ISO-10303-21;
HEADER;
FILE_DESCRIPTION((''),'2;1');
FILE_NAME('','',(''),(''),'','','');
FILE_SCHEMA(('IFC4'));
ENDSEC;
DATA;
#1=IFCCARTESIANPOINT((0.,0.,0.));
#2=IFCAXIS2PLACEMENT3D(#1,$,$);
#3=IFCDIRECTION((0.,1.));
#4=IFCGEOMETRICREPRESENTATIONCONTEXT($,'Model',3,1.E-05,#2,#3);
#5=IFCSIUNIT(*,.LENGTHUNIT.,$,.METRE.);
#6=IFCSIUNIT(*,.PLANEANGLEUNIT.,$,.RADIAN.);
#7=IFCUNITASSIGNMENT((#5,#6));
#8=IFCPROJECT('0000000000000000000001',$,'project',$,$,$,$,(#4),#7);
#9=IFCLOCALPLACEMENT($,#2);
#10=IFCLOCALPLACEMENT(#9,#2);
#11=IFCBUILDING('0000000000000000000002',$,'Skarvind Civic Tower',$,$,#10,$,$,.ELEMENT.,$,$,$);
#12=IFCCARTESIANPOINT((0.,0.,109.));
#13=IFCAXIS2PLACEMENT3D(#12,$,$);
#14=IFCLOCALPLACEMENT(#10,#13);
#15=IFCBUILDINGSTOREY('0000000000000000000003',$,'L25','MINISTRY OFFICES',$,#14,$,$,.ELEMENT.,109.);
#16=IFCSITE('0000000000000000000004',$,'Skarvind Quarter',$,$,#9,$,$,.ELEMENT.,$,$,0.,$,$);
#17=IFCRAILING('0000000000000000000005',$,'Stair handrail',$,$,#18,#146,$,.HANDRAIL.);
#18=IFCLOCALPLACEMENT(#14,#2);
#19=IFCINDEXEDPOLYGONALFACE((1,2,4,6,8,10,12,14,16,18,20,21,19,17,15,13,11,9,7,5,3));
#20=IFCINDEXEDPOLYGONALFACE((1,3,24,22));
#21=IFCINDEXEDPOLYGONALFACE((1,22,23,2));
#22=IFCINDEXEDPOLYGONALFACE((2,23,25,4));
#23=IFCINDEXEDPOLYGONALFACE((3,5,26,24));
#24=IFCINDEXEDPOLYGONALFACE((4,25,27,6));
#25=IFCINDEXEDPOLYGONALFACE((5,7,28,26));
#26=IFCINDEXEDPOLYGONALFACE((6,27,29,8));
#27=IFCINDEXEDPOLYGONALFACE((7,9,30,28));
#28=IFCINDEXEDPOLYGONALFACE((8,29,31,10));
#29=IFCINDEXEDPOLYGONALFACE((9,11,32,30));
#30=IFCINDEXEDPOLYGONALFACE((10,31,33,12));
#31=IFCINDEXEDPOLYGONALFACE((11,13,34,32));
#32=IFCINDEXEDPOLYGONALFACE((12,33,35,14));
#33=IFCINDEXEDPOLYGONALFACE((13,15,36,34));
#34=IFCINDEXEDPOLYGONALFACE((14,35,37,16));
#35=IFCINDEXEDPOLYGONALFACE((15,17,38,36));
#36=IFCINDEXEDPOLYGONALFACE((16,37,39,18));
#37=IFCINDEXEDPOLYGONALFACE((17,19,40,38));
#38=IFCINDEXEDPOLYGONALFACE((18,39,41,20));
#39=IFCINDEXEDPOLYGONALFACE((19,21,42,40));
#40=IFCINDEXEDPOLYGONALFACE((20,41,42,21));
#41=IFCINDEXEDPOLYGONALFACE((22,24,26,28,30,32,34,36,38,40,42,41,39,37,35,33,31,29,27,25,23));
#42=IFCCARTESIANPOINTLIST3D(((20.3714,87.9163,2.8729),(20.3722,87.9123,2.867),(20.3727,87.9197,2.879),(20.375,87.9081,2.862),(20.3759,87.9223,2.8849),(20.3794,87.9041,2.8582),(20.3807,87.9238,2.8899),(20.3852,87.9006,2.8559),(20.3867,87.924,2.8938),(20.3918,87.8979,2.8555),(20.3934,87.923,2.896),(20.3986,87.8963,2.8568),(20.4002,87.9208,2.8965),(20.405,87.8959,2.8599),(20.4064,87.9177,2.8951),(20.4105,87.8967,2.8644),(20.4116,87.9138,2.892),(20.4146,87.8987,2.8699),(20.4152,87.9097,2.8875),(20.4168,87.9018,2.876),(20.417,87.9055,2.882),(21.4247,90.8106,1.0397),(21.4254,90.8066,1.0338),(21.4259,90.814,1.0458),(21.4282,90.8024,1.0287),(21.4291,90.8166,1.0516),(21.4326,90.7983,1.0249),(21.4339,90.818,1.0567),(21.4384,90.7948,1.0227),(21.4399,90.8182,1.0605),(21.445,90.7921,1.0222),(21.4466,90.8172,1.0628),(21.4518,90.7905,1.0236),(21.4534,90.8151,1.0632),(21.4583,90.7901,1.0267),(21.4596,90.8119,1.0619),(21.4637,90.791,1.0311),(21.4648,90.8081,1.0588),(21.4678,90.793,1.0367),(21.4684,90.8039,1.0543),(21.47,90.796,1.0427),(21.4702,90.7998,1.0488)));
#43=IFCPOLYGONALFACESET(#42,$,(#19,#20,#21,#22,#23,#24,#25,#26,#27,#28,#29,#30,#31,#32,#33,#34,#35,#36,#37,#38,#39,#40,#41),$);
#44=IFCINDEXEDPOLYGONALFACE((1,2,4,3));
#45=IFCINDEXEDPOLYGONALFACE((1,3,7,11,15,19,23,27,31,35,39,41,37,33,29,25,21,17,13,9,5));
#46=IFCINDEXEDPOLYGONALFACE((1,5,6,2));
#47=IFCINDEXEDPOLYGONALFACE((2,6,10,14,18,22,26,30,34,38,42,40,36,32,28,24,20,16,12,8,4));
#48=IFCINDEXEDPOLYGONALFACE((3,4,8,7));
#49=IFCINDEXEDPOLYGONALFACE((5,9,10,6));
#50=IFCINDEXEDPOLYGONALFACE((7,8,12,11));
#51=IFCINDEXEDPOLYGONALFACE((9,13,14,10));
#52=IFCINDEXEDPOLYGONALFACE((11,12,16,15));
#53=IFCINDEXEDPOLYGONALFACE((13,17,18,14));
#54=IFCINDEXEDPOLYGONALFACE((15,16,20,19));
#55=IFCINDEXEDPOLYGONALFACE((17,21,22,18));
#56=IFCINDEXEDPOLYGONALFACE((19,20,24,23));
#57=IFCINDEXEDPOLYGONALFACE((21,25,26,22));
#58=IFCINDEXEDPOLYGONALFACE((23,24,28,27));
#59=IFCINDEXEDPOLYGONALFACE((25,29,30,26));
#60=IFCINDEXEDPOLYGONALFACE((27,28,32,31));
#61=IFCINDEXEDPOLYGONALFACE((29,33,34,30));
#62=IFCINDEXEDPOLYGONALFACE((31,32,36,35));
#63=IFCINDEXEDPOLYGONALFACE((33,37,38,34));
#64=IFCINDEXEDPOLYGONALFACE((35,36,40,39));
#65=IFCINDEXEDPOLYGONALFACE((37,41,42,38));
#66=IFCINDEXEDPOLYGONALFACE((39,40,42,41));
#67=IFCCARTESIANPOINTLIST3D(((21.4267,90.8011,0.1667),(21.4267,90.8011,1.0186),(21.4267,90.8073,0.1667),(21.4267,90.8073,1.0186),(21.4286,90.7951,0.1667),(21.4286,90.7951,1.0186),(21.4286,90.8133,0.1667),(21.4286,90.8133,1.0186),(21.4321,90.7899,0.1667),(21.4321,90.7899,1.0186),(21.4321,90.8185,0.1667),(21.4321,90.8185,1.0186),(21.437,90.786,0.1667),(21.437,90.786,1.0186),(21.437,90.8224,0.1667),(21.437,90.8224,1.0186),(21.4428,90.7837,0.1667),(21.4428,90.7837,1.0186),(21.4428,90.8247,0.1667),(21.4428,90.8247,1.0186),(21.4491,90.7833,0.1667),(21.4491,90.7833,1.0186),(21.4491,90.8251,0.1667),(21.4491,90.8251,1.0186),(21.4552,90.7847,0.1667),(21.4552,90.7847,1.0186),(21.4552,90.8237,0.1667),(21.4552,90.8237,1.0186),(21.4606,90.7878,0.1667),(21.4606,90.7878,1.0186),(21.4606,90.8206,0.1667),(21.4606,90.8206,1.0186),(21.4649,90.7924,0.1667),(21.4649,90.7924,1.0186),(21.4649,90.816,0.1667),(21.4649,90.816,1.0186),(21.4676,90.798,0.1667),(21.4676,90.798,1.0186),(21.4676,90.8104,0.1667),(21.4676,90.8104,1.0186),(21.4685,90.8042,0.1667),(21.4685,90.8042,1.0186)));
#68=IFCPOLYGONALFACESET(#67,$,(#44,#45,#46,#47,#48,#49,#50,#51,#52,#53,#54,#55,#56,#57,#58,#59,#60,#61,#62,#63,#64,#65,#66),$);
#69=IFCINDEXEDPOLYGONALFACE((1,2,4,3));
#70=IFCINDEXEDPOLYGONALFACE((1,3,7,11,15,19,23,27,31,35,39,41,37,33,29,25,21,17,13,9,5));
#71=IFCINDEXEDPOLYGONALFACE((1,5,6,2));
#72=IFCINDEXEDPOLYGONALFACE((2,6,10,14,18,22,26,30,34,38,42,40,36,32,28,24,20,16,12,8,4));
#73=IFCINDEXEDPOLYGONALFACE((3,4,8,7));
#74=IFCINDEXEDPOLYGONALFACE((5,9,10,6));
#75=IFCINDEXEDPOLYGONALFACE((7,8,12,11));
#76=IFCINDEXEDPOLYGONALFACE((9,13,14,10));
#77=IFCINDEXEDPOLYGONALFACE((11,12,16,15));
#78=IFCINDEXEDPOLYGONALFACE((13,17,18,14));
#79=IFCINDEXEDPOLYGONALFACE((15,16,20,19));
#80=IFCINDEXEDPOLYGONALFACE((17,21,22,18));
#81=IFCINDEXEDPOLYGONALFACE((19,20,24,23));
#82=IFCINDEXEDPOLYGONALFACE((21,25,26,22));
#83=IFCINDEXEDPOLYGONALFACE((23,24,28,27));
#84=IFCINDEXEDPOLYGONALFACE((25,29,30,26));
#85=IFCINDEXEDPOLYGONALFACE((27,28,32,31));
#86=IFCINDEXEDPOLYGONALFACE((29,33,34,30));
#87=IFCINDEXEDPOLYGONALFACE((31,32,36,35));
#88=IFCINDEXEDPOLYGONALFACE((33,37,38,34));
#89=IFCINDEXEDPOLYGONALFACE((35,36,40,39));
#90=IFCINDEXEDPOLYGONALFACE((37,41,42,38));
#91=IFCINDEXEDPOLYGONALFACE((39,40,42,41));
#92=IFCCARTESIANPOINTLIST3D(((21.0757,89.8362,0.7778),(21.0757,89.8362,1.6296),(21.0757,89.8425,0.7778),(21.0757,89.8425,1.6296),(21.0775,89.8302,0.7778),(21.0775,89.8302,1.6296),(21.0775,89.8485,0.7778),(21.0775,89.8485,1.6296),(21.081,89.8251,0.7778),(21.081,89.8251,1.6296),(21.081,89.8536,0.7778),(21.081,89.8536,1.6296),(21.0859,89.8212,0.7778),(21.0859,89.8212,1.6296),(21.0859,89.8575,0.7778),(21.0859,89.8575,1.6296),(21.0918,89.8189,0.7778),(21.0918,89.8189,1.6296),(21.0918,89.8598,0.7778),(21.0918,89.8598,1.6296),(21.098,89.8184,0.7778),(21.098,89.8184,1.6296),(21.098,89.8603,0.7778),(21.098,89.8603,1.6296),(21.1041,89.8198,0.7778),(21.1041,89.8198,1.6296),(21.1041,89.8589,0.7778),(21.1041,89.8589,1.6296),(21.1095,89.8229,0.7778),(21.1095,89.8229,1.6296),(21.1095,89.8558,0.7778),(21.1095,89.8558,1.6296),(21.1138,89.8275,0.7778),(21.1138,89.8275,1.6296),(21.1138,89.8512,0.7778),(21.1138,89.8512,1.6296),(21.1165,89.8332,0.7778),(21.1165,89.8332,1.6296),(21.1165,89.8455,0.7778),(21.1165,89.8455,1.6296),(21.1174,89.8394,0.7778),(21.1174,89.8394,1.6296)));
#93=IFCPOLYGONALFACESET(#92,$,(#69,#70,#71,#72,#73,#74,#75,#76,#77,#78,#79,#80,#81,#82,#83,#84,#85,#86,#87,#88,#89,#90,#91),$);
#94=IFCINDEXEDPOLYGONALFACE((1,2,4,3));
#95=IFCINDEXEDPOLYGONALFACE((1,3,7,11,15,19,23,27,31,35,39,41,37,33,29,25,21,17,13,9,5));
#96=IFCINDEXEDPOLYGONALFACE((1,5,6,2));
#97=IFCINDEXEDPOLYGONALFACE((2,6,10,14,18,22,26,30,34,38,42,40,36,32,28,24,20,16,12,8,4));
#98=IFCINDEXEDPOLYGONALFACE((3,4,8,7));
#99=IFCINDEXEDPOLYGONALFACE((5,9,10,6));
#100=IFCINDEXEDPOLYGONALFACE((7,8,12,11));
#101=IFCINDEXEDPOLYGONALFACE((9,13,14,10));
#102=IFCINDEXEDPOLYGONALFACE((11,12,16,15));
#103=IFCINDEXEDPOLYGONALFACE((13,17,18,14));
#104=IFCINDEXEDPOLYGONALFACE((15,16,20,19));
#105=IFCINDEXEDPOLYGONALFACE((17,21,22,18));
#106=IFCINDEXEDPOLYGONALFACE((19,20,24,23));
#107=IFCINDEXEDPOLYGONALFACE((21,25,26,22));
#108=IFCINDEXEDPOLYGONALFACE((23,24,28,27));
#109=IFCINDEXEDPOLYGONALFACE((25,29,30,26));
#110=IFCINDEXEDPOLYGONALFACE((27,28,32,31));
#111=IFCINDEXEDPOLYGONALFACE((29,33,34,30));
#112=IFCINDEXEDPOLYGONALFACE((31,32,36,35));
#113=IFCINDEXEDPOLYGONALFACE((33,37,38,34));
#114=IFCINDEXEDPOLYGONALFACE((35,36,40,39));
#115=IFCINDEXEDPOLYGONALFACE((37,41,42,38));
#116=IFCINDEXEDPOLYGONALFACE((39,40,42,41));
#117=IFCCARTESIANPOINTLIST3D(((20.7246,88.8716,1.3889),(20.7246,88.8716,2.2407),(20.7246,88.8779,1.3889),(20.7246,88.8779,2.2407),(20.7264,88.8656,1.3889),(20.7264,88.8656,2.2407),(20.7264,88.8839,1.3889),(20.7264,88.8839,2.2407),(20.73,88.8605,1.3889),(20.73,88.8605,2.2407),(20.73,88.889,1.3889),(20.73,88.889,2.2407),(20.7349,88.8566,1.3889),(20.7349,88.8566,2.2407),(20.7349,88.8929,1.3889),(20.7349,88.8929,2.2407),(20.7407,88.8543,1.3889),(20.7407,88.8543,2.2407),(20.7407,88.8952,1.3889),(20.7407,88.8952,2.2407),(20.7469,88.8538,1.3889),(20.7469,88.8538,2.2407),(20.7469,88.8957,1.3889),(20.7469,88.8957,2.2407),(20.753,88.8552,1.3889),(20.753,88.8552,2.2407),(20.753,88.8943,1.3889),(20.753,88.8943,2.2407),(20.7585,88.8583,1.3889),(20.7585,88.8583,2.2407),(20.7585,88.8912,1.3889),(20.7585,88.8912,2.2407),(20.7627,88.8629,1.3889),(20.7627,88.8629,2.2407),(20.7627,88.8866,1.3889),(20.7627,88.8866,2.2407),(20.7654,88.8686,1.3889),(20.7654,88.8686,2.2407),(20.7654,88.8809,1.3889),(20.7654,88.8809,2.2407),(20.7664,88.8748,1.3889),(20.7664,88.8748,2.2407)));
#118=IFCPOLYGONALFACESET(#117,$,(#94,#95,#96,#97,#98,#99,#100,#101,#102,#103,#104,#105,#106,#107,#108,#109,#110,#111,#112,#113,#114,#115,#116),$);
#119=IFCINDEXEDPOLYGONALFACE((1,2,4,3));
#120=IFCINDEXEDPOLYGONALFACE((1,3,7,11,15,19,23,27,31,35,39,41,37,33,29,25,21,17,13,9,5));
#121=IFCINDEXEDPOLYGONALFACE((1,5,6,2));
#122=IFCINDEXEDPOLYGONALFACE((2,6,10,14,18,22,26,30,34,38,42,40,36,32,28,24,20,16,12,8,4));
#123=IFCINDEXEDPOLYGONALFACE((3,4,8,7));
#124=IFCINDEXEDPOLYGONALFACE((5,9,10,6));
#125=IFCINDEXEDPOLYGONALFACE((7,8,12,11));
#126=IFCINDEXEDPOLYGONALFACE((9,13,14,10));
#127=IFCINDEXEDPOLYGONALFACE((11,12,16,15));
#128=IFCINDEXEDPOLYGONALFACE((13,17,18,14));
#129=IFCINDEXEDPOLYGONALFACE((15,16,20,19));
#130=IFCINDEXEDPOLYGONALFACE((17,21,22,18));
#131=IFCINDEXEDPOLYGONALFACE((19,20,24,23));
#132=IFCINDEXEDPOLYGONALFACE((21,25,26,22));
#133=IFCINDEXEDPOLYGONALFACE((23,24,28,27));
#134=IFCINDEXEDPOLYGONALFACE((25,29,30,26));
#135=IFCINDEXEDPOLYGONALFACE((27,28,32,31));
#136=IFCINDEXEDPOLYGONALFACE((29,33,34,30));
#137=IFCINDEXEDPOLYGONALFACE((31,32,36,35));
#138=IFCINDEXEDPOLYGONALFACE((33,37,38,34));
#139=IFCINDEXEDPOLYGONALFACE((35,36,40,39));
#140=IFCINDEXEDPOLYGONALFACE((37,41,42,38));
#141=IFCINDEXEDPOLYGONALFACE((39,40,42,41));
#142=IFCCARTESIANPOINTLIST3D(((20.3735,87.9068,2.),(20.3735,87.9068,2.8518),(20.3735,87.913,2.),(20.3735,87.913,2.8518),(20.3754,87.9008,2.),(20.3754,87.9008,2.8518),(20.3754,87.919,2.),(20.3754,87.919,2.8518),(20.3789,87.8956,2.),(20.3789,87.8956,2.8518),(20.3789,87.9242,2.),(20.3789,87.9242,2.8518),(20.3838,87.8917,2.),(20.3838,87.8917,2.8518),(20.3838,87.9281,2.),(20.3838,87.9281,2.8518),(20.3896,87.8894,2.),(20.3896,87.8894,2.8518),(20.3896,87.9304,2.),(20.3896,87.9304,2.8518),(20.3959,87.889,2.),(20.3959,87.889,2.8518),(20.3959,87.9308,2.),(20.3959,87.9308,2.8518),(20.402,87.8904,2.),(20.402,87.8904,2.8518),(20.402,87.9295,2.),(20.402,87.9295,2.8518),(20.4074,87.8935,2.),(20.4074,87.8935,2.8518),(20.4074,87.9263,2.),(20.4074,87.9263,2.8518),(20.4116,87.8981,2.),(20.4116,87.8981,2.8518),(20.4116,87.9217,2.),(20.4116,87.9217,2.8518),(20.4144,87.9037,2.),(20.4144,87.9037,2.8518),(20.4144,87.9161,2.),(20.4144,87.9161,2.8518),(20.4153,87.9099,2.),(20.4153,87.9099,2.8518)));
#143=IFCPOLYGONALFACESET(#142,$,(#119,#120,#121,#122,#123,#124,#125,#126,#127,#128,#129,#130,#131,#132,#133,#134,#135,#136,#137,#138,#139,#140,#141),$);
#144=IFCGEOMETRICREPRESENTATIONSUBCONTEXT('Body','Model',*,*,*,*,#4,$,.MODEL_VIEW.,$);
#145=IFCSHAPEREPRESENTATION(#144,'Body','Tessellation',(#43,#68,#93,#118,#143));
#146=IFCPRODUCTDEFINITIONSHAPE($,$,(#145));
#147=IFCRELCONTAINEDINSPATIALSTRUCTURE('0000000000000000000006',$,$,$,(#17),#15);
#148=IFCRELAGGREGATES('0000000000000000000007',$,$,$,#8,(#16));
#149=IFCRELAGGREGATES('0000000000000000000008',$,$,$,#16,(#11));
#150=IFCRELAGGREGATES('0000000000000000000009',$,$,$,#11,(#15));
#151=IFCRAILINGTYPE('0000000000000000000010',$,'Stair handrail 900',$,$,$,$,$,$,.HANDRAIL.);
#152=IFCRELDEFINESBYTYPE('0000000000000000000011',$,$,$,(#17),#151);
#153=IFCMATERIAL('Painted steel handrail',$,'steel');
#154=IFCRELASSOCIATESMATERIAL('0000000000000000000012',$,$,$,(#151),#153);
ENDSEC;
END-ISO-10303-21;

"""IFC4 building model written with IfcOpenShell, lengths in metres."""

from ifc_helpers import new_model, si_unit, direction, frame, origin, origin_2d, place, context, subcontext, project, spatial, circle, extrude, material, type_object, element, save


model = new_model("IFC4")

# Units and contexts
model_context = context("Model", 3, precision=1e-05, world=origin(), true_north=direction((0.0, 1.0)))
body_context = subcontext(model_context, "Body", "Model", "MODEL_VIEW")
ifc_project = project(units=[si_unit("LENGTHUNIT", "METRE"), si_unit("PLANEANGLEUNIT", "RADIAN")], contexts=[model_context])

# Site, building, storey
site_placement = place(None, origin())
site = spatial("IfcSite", under=ifc_project, at=site_placement, Name="Skarvind Quarter", CompositionType="ELEMENT", RefElevation=0.0)
building_placement = place(site_placement, origin())
building = spatial("IfcBuilding", under=site, at=building_placement, Name="Skarvind Civic Tower", CompositionType="ELEMENT")
storey_placement = place(building_placement, frame((0.0, 0.0, 109.0)))
storey = spatial("IfcBuildingStorey", under=building, at=storey_placement, Name="L25", Description="MINISTRY OFFICES", CompositionType="ELEMENT", Elevation=109.0)

# Railing
ifc_material_1 = material(Name="Painted steel handrail", Category="steel")
railing_type = type_object("IfcRailingType", Name="Stair handrail 900", PredefinedType="HANDRAIL", material=ifc_material_1)
railing_placement = place(storey_placement, frame((21.4475, 90.8042, 0.1667)))
element("IfcRailing", 1, at=railing_placement, inside=storey, type_object=railing_type, Name="Stair handrail", PredefinedType="HANDRAIL", context=body_context, shape_type="SweptSolid", body=[
    extrude(circle(Radius=0.0239, at=origin_2d()), frame((0.0, 0.0, 0.876), z_axis=(-0.293846, -0.807497, 0.511472), x_axis=(0.939715, -0.341959, 0.0)), (0.0, 0.0, 1.0), 3.5842),
    extrude(circle(Radius=0.021, at=origin_2d()), origin(), (0.0, 0.0, 1.0), 0.8518),
    extrude(circle(Radius=0.021, at=origin_2d()), frame((-0.3511, -0.9648, 0.6111)), (0.0, 0.0, 1.0), 0.8518),
    extrude(circle(Radius=0.021, at=origin_2d()), frame((-0.7021, -1.9294, 1.2222)), (0.0, 0.0, 1.0), 0.8518),
    extrude(circle(Radius=0.021, at=origin_2d()), frame((-1.0532, -2.8943, 1.8333)), (0.0, 0.0, 1.0), 0.8518),
])

save(model, "model.ifc")
